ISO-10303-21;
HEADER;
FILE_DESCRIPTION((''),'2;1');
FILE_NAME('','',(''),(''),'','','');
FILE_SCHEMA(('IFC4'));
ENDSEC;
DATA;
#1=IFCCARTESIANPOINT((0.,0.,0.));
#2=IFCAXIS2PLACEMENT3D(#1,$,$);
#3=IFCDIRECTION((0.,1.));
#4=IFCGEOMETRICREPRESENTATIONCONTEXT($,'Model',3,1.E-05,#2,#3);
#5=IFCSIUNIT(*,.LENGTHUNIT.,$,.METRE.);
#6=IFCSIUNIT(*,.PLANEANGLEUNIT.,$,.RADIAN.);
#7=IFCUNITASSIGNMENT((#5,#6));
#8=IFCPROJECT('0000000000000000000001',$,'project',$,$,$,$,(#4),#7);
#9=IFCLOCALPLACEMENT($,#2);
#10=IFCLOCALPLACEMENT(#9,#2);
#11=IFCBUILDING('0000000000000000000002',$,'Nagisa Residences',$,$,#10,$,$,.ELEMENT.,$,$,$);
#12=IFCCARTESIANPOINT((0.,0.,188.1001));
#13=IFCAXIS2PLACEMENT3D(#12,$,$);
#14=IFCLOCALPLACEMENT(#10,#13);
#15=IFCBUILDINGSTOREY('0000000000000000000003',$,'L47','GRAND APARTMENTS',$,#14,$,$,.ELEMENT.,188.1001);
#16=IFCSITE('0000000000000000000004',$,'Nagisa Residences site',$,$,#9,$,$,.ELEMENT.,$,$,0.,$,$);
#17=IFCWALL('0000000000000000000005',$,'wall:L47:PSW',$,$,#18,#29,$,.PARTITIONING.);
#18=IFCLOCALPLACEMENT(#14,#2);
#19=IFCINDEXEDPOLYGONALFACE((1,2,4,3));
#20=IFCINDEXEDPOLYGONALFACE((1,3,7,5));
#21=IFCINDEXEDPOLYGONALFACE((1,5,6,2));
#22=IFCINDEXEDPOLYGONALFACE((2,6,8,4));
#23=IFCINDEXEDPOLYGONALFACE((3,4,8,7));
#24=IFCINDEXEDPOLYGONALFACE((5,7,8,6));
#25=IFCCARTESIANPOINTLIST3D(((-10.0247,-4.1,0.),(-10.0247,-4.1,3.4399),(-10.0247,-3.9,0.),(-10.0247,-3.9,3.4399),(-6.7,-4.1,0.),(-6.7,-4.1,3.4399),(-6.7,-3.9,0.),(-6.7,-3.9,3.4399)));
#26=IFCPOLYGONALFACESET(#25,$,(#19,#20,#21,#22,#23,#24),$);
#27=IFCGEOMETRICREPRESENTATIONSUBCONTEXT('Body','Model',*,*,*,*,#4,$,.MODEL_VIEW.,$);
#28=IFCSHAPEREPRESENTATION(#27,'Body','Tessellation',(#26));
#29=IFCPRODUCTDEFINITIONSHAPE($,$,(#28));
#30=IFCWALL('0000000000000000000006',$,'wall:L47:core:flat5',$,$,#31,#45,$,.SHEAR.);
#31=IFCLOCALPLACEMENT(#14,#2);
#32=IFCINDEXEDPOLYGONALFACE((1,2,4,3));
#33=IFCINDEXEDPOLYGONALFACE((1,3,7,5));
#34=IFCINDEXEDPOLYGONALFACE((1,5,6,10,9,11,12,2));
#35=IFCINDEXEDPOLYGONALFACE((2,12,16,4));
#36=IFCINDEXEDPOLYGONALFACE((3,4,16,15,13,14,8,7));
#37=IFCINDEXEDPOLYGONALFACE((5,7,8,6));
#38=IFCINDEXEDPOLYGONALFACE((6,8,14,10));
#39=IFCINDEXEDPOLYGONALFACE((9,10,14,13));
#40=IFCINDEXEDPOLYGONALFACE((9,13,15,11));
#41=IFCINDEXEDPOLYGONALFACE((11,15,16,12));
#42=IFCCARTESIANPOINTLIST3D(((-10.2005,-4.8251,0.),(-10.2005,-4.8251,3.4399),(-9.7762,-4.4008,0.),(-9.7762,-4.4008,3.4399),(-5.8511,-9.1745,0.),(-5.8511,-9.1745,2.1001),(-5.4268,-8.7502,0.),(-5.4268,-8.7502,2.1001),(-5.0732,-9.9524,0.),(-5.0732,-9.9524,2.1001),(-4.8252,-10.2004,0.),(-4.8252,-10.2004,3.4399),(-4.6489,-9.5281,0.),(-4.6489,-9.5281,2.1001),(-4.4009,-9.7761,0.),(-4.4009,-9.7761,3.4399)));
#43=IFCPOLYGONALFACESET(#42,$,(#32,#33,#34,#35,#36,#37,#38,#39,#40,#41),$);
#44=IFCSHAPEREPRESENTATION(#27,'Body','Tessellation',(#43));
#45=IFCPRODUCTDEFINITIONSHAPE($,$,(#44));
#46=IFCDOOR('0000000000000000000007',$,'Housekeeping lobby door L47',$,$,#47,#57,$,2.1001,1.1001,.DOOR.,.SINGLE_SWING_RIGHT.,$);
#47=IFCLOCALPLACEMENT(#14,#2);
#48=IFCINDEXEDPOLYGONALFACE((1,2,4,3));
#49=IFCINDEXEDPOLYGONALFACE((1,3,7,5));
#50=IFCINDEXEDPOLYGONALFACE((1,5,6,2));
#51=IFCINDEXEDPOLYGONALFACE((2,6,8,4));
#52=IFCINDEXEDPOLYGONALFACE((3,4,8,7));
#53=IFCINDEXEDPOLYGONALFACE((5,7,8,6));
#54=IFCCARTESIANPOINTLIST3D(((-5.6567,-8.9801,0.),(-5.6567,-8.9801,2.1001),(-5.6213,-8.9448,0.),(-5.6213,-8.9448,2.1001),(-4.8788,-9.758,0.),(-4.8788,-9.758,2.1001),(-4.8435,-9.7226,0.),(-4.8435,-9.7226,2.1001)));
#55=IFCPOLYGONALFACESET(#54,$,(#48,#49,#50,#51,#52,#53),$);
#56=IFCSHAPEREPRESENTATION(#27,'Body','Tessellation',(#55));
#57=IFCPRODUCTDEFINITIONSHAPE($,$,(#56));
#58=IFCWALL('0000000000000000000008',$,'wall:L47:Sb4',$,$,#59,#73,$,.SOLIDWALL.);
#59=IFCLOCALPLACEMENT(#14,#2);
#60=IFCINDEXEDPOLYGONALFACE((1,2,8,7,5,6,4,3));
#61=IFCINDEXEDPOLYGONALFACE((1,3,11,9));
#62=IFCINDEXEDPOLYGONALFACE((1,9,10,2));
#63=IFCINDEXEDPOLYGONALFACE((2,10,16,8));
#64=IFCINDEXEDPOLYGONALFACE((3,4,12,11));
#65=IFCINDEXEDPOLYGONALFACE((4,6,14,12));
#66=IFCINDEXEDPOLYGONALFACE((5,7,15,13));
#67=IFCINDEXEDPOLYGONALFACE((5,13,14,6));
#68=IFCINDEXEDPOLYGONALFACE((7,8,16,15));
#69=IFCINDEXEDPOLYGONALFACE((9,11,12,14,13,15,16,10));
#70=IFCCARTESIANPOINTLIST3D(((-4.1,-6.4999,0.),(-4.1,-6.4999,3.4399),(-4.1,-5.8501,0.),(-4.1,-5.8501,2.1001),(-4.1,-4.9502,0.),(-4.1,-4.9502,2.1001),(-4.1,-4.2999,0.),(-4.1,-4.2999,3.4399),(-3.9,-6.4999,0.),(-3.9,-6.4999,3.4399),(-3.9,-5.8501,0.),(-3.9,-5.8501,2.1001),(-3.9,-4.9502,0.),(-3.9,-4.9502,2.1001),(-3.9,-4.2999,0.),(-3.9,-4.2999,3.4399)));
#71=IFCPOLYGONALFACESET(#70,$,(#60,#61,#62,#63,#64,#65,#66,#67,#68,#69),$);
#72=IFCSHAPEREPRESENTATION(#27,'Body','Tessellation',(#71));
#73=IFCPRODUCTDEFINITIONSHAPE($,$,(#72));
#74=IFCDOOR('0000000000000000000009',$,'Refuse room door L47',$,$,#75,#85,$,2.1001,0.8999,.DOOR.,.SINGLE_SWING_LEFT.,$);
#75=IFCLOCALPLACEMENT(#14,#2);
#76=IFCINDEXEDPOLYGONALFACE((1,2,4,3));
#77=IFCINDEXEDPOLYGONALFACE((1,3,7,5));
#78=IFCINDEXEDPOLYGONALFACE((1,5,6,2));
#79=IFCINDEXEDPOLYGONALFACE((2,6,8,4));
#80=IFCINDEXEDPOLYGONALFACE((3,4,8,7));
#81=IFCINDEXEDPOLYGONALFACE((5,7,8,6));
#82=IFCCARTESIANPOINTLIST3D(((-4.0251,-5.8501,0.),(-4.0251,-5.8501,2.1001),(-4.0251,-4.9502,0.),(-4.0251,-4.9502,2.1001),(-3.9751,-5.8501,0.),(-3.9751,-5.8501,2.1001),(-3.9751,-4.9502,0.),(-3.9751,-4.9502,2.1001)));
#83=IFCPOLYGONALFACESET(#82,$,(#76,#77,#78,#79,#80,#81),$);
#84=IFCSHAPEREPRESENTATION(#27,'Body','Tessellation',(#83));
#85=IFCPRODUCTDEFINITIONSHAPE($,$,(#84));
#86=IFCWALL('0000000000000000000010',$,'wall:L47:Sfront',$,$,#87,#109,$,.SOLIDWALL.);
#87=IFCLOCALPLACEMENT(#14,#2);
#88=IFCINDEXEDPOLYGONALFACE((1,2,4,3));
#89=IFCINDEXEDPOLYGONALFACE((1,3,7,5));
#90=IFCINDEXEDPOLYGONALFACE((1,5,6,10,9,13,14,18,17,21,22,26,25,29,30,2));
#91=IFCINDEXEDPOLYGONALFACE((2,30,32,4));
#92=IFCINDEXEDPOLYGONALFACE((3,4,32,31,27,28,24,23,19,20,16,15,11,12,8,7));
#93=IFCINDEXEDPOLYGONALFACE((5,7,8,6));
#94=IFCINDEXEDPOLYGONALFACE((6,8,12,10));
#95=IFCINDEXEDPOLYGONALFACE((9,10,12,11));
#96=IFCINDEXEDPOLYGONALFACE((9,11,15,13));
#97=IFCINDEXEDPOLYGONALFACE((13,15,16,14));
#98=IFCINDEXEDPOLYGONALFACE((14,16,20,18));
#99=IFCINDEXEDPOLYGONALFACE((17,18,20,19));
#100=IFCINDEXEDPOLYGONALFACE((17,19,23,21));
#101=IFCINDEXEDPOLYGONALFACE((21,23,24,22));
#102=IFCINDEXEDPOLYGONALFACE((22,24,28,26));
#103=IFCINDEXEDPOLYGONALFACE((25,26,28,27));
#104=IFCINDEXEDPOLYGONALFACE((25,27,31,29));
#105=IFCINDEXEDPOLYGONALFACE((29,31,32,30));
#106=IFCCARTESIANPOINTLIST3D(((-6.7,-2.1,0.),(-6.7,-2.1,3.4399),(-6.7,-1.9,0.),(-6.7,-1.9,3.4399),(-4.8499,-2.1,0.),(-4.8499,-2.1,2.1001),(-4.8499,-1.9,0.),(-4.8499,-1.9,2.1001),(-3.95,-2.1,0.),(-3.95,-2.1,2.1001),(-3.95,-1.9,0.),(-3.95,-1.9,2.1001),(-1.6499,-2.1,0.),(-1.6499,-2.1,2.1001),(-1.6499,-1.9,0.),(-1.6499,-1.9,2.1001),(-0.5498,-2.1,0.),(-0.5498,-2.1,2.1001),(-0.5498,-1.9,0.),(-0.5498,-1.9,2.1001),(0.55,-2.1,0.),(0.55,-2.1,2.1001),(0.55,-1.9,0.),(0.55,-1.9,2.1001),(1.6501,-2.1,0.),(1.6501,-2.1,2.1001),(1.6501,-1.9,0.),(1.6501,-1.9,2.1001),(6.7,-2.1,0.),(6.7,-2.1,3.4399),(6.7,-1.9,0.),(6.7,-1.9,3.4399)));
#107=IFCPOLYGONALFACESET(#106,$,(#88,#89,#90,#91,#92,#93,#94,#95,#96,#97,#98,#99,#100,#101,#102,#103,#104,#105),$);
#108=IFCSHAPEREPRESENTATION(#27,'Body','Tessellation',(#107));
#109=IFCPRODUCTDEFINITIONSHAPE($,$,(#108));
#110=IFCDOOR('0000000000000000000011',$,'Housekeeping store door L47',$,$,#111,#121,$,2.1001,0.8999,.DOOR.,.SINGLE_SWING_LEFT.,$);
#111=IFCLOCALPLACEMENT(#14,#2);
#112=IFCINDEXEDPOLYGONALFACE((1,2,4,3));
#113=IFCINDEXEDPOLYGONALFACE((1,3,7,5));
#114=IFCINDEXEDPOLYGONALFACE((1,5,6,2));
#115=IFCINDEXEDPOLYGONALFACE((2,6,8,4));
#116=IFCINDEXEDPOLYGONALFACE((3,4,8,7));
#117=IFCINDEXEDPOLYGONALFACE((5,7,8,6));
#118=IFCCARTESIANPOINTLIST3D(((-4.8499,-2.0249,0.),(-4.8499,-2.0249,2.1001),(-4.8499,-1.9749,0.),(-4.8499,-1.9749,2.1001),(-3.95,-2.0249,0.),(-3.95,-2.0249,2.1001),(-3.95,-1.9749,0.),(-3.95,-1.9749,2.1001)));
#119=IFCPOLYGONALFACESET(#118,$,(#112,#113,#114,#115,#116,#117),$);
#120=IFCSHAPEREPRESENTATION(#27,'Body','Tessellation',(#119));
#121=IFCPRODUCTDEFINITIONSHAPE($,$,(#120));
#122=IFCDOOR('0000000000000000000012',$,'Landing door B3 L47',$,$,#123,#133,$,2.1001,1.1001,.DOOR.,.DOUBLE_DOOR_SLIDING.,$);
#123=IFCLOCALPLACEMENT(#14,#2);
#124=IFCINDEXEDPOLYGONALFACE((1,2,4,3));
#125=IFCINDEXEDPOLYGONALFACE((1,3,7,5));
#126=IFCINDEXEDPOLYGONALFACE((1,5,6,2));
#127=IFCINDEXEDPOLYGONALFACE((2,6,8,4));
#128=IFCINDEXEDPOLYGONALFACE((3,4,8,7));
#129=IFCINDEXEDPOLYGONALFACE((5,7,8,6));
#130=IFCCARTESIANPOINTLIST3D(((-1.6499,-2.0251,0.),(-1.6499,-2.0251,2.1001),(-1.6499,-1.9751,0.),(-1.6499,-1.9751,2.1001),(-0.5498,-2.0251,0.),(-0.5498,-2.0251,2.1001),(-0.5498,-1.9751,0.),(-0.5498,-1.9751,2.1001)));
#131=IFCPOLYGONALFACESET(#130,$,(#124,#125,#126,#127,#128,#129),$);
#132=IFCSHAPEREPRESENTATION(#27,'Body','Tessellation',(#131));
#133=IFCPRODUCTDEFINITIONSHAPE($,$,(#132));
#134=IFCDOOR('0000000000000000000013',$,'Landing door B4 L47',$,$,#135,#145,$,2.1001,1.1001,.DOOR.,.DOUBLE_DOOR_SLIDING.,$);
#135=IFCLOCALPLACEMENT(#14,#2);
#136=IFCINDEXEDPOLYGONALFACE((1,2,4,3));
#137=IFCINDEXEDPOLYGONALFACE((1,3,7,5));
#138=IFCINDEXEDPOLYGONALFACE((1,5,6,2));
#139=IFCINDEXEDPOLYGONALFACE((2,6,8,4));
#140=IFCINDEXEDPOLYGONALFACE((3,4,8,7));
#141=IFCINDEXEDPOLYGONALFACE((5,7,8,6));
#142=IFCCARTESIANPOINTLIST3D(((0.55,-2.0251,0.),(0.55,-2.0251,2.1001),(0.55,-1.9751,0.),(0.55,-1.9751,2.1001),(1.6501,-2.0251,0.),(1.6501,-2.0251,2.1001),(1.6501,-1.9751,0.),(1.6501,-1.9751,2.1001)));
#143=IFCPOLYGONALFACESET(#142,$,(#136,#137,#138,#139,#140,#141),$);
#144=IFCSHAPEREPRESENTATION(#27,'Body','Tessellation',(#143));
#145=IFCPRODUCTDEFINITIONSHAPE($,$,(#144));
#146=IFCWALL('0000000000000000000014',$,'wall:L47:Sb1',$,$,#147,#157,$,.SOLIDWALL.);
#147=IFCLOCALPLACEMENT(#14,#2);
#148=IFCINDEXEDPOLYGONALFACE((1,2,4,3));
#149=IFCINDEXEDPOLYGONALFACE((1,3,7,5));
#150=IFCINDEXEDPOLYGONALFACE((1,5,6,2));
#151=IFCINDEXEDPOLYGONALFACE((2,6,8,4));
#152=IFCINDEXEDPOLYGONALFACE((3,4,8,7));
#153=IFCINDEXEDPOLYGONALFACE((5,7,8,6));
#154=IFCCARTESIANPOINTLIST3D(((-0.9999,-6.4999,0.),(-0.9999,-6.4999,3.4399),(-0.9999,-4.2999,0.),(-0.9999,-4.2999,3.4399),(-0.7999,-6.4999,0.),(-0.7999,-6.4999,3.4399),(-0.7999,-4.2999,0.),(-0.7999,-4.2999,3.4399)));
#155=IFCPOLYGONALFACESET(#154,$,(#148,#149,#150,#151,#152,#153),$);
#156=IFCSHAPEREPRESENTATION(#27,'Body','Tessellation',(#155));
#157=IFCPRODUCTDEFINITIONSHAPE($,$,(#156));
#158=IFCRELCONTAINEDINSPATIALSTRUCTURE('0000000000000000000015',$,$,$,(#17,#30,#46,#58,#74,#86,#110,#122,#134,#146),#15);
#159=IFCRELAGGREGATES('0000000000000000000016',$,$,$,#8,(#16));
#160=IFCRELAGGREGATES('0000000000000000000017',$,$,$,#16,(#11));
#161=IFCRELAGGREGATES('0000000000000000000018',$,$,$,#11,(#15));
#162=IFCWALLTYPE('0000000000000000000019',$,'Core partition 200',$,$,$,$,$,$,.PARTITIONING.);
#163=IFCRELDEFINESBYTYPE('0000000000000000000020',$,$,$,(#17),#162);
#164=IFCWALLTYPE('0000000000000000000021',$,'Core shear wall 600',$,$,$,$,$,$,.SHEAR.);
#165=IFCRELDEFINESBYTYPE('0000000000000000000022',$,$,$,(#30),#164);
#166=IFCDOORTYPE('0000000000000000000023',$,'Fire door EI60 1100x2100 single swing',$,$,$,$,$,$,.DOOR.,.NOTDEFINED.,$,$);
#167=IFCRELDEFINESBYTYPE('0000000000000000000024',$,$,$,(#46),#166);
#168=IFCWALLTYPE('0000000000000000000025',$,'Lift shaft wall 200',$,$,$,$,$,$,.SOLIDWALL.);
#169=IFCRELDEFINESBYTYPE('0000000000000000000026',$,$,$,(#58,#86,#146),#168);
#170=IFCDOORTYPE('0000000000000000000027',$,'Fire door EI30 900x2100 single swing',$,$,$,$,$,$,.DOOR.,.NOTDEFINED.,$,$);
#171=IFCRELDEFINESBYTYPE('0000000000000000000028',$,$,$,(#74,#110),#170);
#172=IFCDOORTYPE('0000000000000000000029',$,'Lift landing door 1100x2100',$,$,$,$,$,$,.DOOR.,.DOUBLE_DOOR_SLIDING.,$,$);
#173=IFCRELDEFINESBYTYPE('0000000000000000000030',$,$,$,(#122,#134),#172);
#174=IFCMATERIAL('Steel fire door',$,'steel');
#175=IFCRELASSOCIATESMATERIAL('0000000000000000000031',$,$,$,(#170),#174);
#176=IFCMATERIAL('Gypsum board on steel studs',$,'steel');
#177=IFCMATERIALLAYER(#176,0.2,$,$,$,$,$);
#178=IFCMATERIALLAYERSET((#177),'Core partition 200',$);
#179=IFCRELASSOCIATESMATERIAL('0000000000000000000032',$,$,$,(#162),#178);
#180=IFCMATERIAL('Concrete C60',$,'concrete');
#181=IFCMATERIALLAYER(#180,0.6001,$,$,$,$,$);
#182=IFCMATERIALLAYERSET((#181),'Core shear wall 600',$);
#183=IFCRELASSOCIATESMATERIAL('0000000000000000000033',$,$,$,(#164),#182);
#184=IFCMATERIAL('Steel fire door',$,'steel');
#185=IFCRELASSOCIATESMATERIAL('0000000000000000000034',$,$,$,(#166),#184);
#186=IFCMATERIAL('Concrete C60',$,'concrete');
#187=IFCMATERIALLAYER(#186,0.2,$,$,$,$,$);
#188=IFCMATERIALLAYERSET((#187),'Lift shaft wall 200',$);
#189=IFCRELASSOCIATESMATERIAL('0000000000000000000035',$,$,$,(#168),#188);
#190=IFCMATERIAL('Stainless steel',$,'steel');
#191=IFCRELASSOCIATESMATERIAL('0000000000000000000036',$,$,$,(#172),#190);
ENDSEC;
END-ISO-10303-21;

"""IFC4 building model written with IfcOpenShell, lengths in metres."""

from ifc_helpers import new_model, si_unit, direction, frame, frame_2d, origin, place, context, subcontext, project, spatial, rectangle, extrude, material, layer, layer_set, type_object, element, fill, save


model = new_model("IFC4")

# Units and contexts
model_context = context("Model", 3, precision=1e-05, world=origin(), true_north=direction((0.0, 1.0)))
body_context = subcontext(model_context, "Body", "Model", "MODEL_VIEW")
ifc_project = project(units=[si_unit("LENGTHUNIT", "METRE"), si_unit("PLANEANGLEUNIT", "RADIAN")], contexts=[model_context])

# Site, building, storey
site_placement = place(None, origin())
site = spatial("IfcSite", under=ifc_project, at=site_placement, Name="Nagisa Residences site", CompositionType="ELEMENT", RefElevation=0.0)
building_placement = place(site_placement, origin())
building = spatial("IfcBuilding", under=site, at=building_placement, Name="Nagisa Residences", CompositionType="ELEMENT")
storey_placement = place(building_placement, frame((0.0, 0.0, 188.1001)))
storey = spatial("IfcBuildingStorey", under=building, at=storey_placement, Name="L47", Description="GRAND APARTMENTS", CompositionType="ELEMENT", Elevation=188.1001)

# Shared definitions
ifc_material_1 = material(Name="Steel fire door", Category="steel")
door_type_1 = type_object("IfcDoorType", Name="Fire door EI30 900x2100 single swing", OperationType="NOTDEFINED", PredefinedType="DOOR", material=ifc_material_1)

# Wall
ifc_material_2 = material(Name="Gypsum board on steel studs", Category="steel")
ifc_layer_1 = layer(ifc_material_2, 0.2)
ifc_layer_set_1 = layer_set([ifc_layer_1], Name="Core partition 200")
wall_type_1 = type_object("IfcWallType", Name="Core partition 200", PredefinedType="PARTITIONING", material=ifc_layer_set_1)
wall_1_placement = place(storey_placement, frame((-10.0247, -4.0, 0.0), z_axis=(0.0, 0.0, 1.0), x_axis=(1.0, 0.0, 0.0)))
element("IfcWall", 1, at=wall_1_placement, inside=storey, type_object=wall_type_1, Name="wall:L47:PSW", PredefinedType="PARTITIONING", context=body_context, shape_type="SweptSolid", body=[
    extrude(rectangle(XDim=3.3247, YDim=0.2, at=frame_2d((1.6624, 0.0))), origin(), (0.0, 0.0, 1.0), 3.4399),
])

# Walls, openings, doors
ifc_material_3 = material(Name="Concrete C60", Category="concrete")
ifc_layer_2 = layer(ifc_material_3, 0.6001)
ifc_layer_set_2 = layer_set([ifc_layer_2], Name="Core shear wall 600")
wall_type_2 = type_object("IfcWallType", Name="Core shear wall 600", PredefinedType="SHEAR", material=ifc_layer_set_2)
wall_2_placement = place(storey_placement, frame((-9.9883, -4.613, 0.0), z_axis=(0.0, 0.0, 1.0), x_axis=(0.707107, -0.707107, 0.0)))
wall_2 = element("IfcWall", 2, at=wall_2_placement, inside=storey, type_object=wall_type_2, Name="wall:L47:core:flat5", PredefinedType="SHEAR", context=body_context, shape_type="SweptSolid", body=[
    extrude(rectangle(XDim=7.6018, YDim=0.6001, at=frame_2d((3.8008, 0.0))), origin(), (0.0, 0.0, 1.0), 3.4399),
])
opening_1_placement = place(wall_2_placement, frame((6.1509, 0.0, 0.0)))
opening_1 = element("IfcOpeningElement", 3, at=opening_1_placement, cuts=wall_2, PredefinedType="OPENING", context=body_context, shape_type="SweptSolid", body=[
    extrude(rectangle(XDim=1.1001, YDim=2.1001, at=frame_2d((0.55, 1.05))), frame((0.0, 0.3101, 0.0), z_axis=(0.0, -1.0, 0.0), x_axis=(1.0, 0.0, 0.0)), (0.0, 0.0, 1.0), 0.6201),
])
ifc_material_4 = material(Name="Steel fire door", Category="steel")
door_type_2 = type_object("IfcDoorType", Name="Fire door EI60 1100x2100 single swing", OperationType="NOTDEFINED", PredefinedType="DOOR", material=ifc_material_4)
door_1_placement = place(opening_1_placement, origin())
door_1 = element("IfcDoor", 4, at=door_1_placement, inside=storey, type_object=door_type_2, Name="Housekeeping lobby door L47", OperationType="SINGLE_SWING_RIGHT", OverallHeight=2.1001, OverallWidth=1.1001, PredefinedType="DOOR", context=body_context, shape_type="SweptSolid", body=[
    extrude(rectangle(XDim=1.1001, YDim=2.1001, at=frame_2d((0.55, 1.05))), frame((0.0, 0.0249, 0.0), z_axis=(0.0, -1.0, 0.0), x_axis=(1.0, 0.0, 0.0)), (0.0, 0.0, 1.0), 0.05),
])
fill(opening_1, door_1)
ifc_material_5 = material(Name="Concrete C60", Category="concrete")
ifc_layer_3 = layer(ifc_material_5, 0.2)
ifc_layer_set_3 = layer_set([ifc_layer_3], Name="Lift shaft wall 200")
wall_type_3 = type_object("IfcWallType", Name="Lift shaft wall 200", PredefinedType="SOLIDWALL", material=ifc_layer_set_3)
wall_3_placement = place(storey_placement, frame((-4.0, -6.5, 0.0), z_axis=(0.0, 0.0, 1.0), x_axis=(0.0, 1.0, 0.0)))
wall_3 = element("IfcWall", 5, at=wall_3_placement, inside=storey, type_object=wall_type_3, Name="wall:L47:Sb4", PredefinedType="SOLIDWALL", context=body_context, shape_type="SweptSolid", body=[
    extrude(rectangle(XDim=2.2, YDim=0.2, at=frame_2d((1.1001, 0.0))), origin(), (0.0, 0.0, 1.0), 3.4399),
])
opening_2_placement = place(wall_3_placement, frame((0.6499, 0.0, 0.0)))
opening_2 = element("IfcOpeningElement", 6, at=opening_2_placement, cuts=wall_3, PredefinedType="OPENING", context=body_context, shape_type="SweptSolid", body=[
    extrude(rectangle(XDim=0.8999, YDim=2.1001, at=frame_2d((0.45, 1.05))), frame((0.0, 0.1099, 0.0), z_axis=(0.0, -1.0, 0.0), x_axis=(1.0, 0.0, 0.0)), (0.0, 0.0, 1.0), 0.22),
])
door_2_placement = place(opening_2_placement, frame((0.8999, 0.0, 0.0), x_axis=(-1.0, 0.0, 0.0)))
door_2 = element("IfcDoor", 7, at=door_2_placement, inside=storey, type_object=door_type_1, Name="Refuse room door L47", OperationType="SINGLE_SWING_LEFT", OverallHeight=2.1001, OverallWidth=0.8999, PredefinedType="DOOR", context=body_context, shape_type="SweptSolid", body=[
    extrude(rectangle(XDim=0.8999, YDim=2.1001, at=frame_2d((0.45, 1.05))), frame((0.0, 0.0249, 0.0), z_axis=(0.0, -1.0, 0.0), x_axis=(1.0, 0.0, 0.0)), (0.0, 0.0, 1.0), 0.05),
])
fill(opening_2, door_2)

# Wall, openings, doors
wall_4_placement = place(storey_placement, frame((-6.7, -2.0, 0.0), z_axis=(0.0, 0.0, 1.0), x_axis=(1.0, 0.0, 0.0)))
wall_4 = element("IfcWall", 8, at=wall_4_placement, inside=storey, type_object=wall_type_3, Name="wall:L47:Sfront", PredefinedType="SOLIDWALL", context=body_context, shape_type="SweptSolid", body=[
    extrude(rectangle(XDim=13.3999, YDim=0.2, at=frame_2d((6.7, 0.0))), origin(), (0.0, 0.0, 1.0), 3.4399),
])
opening_3_placement = place(wall_4_placement, frame((5.05, 0.0, 0.0)))
opening_3 = element("IfcOpeningElement", 9, at=opening_3_placement, cuts=wall_4, PredefinedType="OPENING", context=body_context, shape_type="SweptSolid", body=[
    extrude(rectangle(XDim=1.1001, YDim=2.1001, at=frame_2d((0.55, 1.05))), frame((0.0, 0.1099, 0.0), z_axis=(0.0, -1.0, 0.0), x_axis=(1.0, 0.0, 0.0)), (0.0, 0.0, 1.0), 0.22),
])
opening_4_placement = place(wall_4_placement, frame((7.25, 0.0, 0.0)))
opening_4 = element("IfcOpeningElement", 10, at=opening_4_placement, cuts=wall_4, PredefinedType="OPENING", context=body_context, shape_type="SweptSolid", body=[
    extrude(rectangle(XDim=1.1001, YDim=2.1001, at=frame_2d((0.55, 1.05))), frame((0.0, 0.1099, 0.0), z_axis=(0.0, -1.0, 0.0), x_axis=(1.0, 0.0, 0.0)), (0.0, 0.0, 1.0), 0.22),
])
opening_5_placement = place(wall_4_placement, frame((1.8501, 0.0, 0.0)))
opening_5 = element("IfcOpeningElement", 11, at=opening_5_placement, cuts=wall_4, PredefinedType="OPENING", context=body_context, shape_type="SweptSolid", body=[
    extrude(rectangle(XDim=0.8999, YDim=2.1001, at=frame_2d((0.45, 1.05))), frame((0.0, 0.1099, 0.0), z_axis=(0.0, -1.0, 0.0), x_axis=(1.0, 0.0, 0.0)), (0.0, 0.0, 1.0), 0.22),
])
door_3_placement = place(opening_5_placement, frame((0.8999, 0.0, 0.0), x_axis=(-1.0, 0.0, 0.0)))
door_3 = element("IfcDoor", 12, at=door_3_placement, inside=storey, type_object=door_type_1, Name="Housekeeping store door L47", OperationType="SINGLE_SWING_LEFT", OverallHeight=2.1001, OverallWidth=0.8999, PredefinedType="DOOR", context=body_context, shape_type="SweptSolid", body=[
    extrude(rectangle(XDim=0.8999, YDim=2.1001, at=frame_2d((0.45, 1.05))), frame((0.0, 0.0249, 0.0), z_axis=(0.0, -1.0, 0.0), x_axis=(1.0, 0.0, 0.0)), (0.0, 0.0, 1.0), 0.05),
])
fill(opening_5, door_3)
ifc_material_6 = material(Name="Stainless steel", Category="steel")
door_type_3 = type_object("IfcDoorType", Name="Lift landing door 1100x2100", OperationType="DOUBLE_DOOR_SLIDING", PredefinedType="DOOR", material=ifc_material_6)
door_4_placement = place(opening_3_placement, origin())
door_4 = element("IfcDoor", 13, at=door_4_placement, inside=storey, type_object=door_type_3, Name="Landing door B3 L47", OperationType="DOUBLE_DOOR_SLIDING", OverallHeight=2.1001, OverallWidth=1.1001, PredefinedType="DOOR", context=body_context, shape_type="SweptSolid", body=[
    extrude(rectangle(XDim=1.1001, YDim=2.1001, at=frame_2d((0.55, 1.05))), frame((0.0, 0.0249, 0.0), z_axis=(0.0, -1.0, 0.0), x_axis=(1.0, 0.0, 0.0)), (0.0, 0.0, 1.0), 0.05),
])
fill(opening_3, door_4)
door_5_placement = place(opening_4_placement, origin())
door_5 = element("IfcDoor", 14, at=door_5_placement, inside=storey, type_object=door_type_3, Name="Landing door B4 L47", OperationType="DOUBLE_DOOR_SLIDING", OverallHeight=2.1001, OverallWidth=1.1001, PredefinedType="DOOR", context=body_context, shape_type="SweptSolid", body=[
    extrude(rectangle(XDim=1.1001, YDim=2.1001, at=frame_2d((0.55, 1.05))), frame((0.0, 0.0249, 0.0), z_axis=(0.0, -1.0, 0.0), x_axis=(1.0, 0.0, 0.0)), (0.0, 0.0, 1.0), 0.05),
])
fill(opening_4, door_5)

# Wall
wall_5_placement = place(storey_placement, frame((-0.8999, -6.5, 0.0), z_axis=(0.0, 0.0, 1.0), x_axis=(0.0, 1.0, 0.0)))
element("IfcWall", 15, at=wall_5_placement, inside=storey, type_object=wall_type_3, Name="wall:L47:Sb1", PredefinedType="SOLIDWALL", context=body_context, shape_type="SweptSolid", body=[
    extrude(rectangle(XDim=2.2, YDim=0.2, at=frame_2d((1.1001, 0.0))), origin(), (0.0, 0.0, 1.0), 3.4399),
])

save(model, "model.ifc")
